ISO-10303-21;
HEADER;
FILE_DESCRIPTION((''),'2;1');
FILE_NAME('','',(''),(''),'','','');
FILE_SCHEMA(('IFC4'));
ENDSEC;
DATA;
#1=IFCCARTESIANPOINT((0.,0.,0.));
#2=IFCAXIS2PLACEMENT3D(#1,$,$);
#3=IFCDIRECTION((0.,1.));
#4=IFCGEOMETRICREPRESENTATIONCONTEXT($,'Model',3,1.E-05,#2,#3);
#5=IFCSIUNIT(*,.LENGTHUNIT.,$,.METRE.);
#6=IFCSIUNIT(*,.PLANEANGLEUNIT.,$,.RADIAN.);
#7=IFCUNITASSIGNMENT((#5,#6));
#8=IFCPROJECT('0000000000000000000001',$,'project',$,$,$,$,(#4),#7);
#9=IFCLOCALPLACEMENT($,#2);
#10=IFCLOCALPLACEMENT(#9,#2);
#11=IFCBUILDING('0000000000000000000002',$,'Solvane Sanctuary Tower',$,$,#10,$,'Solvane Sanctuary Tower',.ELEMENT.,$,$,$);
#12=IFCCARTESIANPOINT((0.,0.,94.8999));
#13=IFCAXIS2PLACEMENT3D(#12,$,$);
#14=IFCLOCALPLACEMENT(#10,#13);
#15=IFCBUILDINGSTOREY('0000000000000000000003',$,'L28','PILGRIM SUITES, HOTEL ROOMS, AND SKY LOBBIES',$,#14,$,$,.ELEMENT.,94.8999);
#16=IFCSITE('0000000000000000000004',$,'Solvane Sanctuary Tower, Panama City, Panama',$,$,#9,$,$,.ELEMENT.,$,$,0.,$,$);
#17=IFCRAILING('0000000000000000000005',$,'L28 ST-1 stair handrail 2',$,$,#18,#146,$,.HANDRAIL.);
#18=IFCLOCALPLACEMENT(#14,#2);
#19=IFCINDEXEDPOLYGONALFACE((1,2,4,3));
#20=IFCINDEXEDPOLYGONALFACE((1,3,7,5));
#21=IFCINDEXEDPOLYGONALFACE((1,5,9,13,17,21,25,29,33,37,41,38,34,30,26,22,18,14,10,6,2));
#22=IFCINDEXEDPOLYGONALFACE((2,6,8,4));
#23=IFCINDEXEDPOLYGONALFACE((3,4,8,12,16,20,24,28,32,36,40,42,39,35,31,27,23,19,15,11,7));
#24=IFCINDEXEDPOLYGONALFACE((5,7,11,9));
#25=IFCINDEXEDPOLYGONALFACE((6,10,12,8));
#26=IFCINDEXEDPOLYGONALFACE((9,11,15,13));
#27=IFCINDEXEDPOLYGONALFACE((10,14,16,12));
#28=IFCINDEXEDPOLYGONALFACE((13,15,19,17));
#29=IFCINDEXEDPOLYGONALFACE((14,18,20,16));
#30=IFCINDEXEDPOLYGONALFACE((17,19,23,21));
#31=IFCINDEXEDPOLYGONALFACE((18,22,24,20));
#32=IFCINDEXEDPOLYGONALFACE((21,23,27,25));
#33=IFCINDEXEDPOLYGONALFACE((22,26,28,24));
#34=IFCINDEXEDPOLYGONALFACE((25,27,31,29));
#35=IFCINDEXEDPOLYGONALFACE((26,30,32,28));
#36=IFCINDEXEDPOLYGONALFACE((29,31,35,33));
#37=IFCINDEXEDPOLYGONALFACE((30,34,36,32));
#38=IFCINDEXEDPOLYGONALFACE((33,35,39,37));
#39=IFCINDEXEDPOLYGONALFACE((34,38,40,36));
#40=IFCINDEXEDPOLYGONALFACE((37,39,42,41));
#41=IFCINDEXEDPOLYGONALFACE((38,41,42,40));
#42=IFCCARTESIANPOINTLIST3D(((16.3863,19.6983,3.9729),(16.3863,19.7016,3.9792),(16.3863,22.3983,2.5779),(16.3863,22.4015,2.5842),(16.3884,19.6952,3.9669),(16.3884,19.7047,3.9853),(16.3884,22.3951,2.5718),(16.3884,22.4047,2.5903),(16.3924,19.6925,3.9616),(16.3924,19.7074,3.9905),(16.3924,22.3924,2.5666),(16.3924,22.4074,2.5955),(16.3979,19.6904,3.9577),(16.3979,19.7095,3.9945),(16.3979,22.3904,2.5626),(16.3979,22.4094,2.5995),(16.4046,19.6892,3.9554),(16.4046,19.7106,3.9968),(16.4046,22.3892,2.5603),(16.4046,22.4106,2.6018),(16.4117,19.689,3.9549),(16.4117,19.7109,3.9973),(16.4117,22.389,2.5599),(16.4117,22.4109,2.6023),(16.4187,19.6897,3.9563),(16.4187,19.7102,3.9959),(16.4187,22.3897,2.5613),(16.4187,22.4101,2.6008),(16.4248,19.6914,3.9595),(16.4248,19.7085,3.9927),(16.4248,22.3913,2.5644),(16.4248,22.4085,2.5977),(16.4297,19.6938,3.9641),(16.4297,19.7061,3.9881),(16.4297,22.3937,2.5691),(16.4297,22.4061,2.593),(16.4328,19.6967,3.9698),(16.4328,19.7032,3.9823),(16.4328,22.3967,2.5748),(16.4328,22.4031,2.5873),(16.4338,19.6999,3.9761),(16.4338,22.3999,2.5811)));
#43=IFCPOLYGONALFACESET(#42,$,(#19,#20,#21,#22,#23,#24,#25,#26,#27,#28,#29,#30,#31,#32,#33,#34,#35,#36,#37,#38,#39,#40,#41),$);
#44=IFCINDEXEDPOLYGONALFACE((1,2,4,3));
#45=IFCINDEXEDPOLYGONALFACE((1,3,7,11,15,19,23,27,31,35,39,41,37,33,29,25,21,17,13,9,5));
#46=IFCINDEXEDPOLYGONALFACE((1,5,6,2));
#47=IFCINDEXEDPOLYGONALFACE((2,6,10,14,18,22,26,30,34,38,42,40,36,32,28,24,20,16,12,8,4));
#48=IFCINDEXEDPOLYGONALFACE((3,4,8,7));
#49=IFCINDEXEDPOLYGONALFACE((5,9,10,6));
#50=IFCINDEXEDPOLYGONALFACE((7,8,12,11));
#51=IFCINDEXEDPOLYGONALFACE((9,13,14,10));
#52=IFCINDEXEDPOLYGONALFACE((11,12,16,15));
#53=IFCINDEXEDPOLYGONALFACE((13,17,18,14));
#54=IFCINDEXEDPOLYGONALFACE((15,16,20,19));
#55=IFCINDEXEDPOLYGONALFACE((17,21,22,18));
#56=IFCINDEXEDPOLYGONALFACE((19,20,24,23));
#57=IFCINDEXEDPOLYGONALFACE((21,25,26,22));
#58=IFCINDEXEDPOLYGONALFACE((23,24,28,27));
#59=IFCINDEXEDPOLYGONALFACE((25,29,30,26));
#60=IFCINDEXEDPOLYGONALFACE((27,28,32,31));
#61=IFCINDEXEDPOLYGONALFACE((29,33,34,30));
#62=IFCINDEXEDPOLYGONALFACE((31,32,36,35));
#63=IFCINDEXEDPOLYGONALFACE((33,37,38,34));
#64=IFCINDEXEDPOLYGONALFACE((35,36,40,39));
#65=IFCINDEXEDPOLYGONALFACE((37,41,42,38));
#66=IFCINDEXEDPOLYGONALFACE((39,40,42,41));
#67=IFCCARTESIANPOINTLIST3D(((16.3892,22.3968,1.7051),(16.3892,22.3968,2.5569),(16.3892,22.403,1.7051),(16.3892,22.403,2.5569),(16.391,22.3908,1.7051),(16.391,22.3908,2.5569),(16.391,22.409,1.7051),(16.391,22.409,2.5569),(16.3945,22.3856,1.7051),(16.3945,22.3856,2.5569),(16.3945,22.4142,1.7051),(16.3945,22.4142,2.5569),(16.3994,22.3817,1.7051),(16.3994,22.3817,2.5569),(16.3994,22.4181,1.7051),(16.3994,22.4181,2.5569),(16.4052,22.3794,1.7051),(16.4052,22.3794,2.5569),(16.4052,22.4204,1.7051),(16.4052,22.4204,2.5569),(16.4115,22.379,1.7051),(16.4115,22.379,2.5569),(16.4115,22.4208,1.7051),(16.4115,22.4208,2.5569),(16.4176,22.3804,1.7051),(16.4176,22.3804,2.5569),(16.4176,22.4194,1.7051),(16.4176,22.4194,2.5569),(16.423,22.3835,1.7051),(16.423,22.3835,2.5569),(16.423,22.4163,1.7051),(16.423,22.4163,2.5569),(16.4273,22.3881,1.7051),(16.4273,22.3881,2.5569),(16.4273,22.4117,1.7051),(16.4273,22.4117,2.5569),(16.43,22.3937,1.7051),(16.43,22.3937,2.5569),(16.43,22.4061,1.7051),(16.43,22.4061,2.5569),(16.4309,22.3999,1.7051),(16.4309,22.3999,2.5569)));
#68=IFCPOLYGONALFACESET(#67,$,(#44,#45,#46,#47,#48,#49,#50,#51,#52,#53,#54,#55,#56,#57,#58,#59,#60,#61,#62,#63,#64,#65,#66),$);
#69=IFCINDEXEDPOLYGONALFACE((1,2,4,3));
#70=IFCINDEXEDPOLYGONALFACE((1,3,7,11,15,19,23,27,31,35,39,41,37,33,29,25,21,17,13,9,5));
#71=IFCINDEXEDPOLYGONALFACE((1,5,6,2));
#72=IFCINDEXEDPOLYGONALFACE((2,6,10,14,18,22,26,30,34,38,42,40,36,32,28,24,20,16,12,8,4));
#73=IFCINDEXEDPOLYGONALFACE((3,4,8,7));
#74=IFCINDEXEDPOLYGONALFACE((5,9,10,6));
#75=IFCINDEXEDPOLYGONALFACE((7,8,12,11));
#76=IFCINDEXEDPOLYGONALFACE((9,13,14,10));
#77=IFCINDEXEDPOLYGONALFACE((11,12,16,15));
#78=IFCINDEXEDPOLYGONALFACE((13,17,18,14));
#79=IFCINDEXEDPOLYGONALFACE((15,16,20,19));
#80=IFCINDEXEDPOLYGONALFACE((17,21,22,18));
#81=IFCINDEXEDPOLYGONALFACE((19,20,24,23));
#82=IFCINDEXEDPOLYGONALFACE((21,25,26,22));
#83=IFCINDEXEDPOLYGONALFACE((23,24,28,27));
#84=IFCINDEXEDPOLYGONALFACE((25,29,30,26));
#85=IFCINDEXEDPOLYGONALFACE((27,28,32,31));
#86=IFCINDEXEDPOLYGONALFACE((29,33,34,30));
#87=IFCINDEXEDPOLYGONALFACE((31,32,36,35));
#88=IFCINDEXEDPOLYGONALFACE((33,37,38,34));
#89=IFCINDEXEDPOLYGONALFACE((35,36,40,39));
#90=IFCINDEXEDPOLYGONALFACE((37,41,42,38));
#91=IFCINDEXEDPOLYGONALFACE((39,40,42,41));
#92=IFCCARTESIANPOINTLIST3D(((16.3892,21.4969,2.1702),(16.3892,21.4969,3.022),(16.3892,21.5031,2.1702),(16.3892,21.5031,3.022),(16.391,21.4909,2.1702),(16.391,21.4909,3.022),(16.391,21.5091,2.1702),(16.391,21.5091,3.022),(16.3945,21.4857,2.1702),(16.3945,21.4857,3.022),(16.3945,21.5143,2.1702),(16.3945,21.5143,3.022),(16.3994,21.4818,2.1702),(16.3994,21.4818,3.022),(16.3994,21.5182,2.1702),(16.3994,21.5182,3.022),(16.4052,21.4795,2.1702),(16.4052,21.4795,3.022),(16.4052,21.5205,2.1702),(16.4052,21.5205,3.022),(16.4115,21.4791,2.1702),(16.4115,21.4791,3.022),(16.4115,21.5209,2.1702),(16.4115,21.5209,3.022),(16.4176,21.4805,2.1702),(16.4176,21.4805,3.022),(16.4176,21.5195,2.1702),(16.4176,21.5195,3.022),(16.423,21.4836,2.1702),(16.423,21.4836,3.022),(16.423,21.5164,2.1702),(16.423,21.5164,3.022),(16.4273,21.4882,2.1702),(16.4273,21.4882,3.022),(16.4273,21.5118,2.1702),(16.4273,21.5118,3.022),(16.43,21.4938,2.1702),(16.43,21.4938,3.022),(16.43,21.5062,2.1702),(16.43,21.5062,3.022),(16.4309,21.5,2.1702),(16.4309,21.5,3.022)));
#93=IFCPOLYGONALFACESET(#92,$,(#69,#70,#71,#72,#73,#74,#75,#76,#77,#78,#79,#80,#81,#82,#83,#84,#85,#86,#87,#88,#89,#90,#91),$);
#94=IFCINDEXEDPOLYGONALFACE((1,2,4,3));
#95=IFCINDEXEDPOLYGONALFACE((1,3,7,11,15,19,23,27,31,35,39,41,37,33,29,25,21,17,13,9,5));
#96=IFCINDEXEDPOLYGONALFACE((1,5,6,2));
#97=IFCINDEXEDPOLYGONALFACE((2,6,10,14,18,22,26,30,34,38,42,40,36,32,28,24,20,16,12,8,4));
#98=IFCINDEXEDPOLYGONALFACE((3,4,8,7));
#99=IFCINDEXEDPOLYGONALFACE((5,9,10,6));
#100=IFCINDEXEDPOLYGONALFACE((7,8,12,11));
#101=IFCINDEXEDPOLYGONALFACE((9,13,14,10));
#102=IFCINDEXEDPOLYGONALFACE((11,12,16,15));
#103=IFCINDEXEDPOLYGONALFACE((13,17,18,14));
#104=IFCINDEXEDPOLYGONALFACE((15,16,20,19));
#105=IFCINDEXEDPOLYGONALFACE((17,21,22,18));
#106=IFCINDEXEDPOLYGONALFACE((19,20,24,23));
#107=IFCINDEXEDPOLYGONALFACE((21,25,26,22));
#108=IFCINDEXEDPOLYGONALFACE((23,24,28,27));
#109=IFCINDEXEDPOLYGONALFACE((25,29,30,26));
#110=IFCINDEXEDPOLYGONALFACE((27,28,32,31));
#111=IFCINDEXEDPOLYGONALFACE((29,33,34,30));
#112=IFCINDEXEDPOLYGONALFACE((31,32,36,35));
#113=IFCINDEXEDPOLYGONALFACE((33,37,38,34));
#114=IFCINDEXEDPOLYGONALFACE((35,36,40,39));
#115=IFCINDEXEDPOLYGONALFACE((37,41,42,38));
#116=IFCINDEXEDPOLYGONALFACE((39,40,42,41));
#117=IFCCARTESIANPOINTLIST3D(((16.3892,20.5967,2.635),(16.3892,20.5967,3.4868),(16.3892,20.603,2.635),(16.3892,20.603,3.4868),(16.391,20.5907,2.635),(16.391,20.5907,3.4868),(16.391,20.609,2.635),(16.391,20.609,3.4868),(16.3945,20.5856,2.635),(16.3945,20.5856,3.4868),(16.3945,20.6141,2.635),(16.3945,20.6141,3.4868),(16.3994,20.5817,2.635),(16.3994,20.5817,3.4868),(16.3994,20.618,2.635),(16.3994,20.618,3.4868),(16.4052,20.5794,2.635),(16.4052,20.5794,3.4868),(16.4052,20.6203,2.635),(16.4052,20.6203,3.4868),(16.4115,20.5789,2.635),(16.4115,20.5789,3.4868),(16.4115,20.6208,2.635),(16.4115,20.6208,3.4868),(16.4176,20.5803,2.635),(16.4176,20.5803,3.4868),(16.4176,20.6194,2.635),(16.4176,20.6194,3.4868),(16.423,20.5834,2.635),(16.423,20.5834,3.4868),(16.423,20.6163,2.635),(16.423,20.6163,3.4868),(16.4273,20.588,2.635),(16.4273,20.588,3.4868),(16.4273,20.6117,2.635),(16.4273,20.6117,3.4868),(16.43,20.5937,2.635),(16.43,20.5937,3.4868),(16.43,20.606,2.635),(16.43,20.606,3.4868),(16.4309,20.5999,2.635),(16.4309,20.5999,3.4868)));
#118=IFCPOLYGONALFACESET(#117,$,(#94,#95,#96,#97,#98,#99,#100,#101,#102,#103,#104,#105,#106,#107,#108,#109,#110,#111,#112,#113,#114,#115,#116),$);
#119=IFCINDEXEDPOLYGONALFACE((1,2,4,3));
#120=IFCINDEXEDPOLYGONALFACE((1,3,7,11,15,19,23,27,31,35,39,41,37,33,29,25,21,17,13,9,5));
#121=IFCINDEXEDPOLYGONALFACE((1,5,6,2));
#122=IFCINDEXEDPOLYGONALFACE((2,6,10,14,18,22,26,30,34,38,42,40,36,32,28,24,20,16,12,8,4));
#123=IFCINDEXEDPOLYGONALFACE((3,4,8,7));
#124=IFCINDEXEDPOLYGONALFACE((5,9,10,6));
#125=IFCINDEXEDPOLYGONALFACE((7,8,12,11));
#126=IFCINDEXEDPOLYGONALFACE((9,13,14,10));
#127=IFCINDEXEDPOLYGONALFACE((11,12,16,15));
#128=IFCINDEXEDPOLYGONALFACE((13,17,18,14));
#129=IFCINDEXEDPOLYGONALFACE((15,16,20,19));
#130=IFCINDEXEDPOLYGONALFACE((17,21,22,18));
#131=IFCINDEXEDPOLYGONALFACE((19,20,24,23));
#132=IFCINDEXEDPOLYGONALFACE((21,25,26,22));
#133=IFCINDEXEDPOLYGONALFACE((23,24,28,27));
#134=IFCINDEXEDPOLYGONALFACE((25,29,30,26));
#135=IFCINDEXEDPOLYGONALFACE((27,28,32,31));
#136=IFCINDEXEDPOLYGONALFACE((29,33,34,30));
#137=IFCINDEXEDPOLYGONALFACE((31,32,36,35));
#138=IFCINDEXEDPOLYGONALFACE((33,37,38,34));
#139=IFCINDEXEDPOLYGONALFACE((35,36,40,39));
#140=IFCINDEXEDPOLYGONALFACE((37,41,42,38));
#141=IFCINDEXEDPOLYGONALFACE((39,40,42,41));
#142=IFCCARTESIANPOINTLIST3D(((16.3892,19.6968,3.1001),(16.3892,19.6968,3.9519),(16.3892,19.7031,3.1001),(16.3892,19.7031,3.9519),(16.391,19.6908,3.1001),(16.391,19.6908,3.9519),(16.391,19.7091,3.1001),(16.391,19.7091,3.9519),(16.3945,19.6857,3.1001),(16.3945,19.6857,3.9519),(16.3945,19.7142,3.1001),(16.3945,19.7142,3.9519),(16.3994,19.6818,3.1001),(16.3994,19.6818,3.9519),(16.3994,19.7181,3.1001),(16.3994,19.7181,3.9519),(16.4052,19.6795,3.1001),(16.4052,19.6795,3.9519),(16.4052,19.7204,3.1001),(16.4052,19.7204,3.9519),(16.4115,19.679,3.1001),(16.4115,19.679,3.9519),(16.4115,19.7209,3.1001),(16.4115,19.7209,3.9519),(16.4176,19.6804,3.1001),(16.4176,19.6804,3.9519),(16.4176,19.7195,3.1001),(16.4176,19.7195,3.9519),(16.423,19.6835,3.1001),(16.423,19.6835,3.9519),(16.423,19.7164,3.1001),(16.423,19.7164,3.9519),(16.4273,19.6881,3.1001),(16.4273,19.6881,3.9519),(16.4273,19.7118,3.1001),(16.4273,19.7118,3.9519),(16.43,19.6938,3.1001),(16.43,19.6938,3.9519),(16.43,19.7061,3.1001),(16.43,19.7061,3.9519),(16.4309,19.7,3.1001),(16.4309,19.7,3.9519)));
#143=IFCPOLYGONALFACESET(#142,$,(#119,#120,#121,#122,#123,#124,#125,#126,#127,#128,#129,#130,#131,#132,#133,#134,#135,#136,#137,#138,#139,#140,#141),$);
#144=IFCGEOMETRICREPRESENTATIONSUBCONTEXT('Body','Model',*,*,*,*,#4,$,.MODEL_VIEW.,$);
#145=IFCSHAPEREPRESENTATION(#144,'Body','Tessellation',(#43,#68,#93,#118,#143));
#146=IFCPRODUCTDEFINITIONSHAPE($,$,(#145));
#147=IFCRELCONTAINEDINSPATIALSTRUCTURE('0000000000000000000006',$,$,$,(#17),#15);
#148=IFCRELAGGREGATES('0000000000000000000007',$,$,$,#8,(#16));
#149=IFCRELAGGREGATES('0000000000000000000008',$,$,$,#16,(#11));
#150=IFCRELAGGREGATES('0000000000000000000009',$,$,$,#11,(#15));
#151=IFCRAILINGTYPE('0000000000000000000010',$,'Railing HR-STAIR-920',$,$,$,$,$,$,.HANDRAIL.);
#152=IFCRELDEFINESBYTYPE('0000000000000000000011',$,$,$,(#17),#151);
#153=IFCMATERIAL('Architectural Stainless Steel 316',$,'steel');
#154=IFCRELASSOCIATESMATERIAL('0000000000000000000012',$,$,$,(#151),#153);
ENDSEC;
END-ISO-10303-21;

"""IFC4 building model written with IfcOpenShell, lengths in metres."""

from ifc_helpers import new_model, si_unit, direction, frame, origin, origin_2d, place, context, subcontext, project, spatial, circle, extrude, material, type_object, element, save


model = new_model("IFC4")

# Units and contexts
model_context = context("Model", 3, precision=1e-05, world=origin(), true_north=direction((0.0, 1.0)))
body_context = subcontext(model_context, "Body", "Model", "MODEL_VIEW")
ifc_project = project(units=[si_unit("LENGTHUNIT", "METRE"), si_unit("PLANEANGLEUNIT", "RADIAN")], contexts=[model_context])

# Site, building, storey
site_placement = place(None, origin())
site = spatial("IfcSite", under=ifc_project, at=site_placement, Name="Solvane Sanctuary Tower, Panama City, Panama", CompositionType="ELEMENT", RefElevation=0.0)
building_placement = place(site_placement, origin())
building = spatial("IfcBuilding", under=site, at=building_placement, Name="Solvane Sanctuary Tower", LongName="Solvane Sanctuary Tower", CompositionType="ELEMENT")
storey_placement = place(building_placement, frame((0.0, 0.0, 94.8999)))
storey = spatial("IfcBuildingStorey", under=building, at=storey_placement, Name="L28", Description="PILGRIM SUITES, HOTEL ROOMS, AND SKY LOBBIES", CompositionType="ELEMENT", Elevation=94.8999)

# Shared definitions
ifc_material_1 = material(Name="Architectural Stainless Steel 316", Category="steel")

# Railing
railing_type_1 = type_object("IfcRailingType", Name="Railing HR-STAIR-920", PredefinedType="HANDRAIL", material=ifc_material_1)
railing_1_placement = place(storey_placement, frame((16.4099, 22.3999, 1.7051)))
element("IfcRailing", 1, at=railing_1_placement, inside=storey, type_object=railing_type_1, Name="L28 ST-1 stair handrail 2", PredefinedType="HANDRAIL", context=body_context, shape_type="SweptSolid", body=[
    extrude(circle(Radius=0.0239, at=origin_2d()), frame((0.0, 0.0, 0.876), z_axis=(0.0, -0.88842, 0.459032), x_axis=(1.0, 0.0, 0.0)), (0.0, 0.0, 1.0), 3.0391),
    extrude(circle(Radius=0.021, at=origin_2d()), origin(), (0.0, 0.0, 1.0), 0.8518),
    extrude(circle(Radius=0.021, at=origin_2d()), frame((0.0, -0.8999, 0.4651)), (0.0, 0.0, 1.0), 0.8518),
    extrude(circle(Radius=0.021, at=origin_2d()), frame((0.0, -1.8, 0.9299)), (0.0, 0.0, 1.0), 0.8518),
    extrude(circle(Radius=0.021, at=origin_2d()), frame((0.0, -2.7, 1.395)), (0.0, 0.0, 1.0), 0.8518),
])

save(model, "model.ifc")
